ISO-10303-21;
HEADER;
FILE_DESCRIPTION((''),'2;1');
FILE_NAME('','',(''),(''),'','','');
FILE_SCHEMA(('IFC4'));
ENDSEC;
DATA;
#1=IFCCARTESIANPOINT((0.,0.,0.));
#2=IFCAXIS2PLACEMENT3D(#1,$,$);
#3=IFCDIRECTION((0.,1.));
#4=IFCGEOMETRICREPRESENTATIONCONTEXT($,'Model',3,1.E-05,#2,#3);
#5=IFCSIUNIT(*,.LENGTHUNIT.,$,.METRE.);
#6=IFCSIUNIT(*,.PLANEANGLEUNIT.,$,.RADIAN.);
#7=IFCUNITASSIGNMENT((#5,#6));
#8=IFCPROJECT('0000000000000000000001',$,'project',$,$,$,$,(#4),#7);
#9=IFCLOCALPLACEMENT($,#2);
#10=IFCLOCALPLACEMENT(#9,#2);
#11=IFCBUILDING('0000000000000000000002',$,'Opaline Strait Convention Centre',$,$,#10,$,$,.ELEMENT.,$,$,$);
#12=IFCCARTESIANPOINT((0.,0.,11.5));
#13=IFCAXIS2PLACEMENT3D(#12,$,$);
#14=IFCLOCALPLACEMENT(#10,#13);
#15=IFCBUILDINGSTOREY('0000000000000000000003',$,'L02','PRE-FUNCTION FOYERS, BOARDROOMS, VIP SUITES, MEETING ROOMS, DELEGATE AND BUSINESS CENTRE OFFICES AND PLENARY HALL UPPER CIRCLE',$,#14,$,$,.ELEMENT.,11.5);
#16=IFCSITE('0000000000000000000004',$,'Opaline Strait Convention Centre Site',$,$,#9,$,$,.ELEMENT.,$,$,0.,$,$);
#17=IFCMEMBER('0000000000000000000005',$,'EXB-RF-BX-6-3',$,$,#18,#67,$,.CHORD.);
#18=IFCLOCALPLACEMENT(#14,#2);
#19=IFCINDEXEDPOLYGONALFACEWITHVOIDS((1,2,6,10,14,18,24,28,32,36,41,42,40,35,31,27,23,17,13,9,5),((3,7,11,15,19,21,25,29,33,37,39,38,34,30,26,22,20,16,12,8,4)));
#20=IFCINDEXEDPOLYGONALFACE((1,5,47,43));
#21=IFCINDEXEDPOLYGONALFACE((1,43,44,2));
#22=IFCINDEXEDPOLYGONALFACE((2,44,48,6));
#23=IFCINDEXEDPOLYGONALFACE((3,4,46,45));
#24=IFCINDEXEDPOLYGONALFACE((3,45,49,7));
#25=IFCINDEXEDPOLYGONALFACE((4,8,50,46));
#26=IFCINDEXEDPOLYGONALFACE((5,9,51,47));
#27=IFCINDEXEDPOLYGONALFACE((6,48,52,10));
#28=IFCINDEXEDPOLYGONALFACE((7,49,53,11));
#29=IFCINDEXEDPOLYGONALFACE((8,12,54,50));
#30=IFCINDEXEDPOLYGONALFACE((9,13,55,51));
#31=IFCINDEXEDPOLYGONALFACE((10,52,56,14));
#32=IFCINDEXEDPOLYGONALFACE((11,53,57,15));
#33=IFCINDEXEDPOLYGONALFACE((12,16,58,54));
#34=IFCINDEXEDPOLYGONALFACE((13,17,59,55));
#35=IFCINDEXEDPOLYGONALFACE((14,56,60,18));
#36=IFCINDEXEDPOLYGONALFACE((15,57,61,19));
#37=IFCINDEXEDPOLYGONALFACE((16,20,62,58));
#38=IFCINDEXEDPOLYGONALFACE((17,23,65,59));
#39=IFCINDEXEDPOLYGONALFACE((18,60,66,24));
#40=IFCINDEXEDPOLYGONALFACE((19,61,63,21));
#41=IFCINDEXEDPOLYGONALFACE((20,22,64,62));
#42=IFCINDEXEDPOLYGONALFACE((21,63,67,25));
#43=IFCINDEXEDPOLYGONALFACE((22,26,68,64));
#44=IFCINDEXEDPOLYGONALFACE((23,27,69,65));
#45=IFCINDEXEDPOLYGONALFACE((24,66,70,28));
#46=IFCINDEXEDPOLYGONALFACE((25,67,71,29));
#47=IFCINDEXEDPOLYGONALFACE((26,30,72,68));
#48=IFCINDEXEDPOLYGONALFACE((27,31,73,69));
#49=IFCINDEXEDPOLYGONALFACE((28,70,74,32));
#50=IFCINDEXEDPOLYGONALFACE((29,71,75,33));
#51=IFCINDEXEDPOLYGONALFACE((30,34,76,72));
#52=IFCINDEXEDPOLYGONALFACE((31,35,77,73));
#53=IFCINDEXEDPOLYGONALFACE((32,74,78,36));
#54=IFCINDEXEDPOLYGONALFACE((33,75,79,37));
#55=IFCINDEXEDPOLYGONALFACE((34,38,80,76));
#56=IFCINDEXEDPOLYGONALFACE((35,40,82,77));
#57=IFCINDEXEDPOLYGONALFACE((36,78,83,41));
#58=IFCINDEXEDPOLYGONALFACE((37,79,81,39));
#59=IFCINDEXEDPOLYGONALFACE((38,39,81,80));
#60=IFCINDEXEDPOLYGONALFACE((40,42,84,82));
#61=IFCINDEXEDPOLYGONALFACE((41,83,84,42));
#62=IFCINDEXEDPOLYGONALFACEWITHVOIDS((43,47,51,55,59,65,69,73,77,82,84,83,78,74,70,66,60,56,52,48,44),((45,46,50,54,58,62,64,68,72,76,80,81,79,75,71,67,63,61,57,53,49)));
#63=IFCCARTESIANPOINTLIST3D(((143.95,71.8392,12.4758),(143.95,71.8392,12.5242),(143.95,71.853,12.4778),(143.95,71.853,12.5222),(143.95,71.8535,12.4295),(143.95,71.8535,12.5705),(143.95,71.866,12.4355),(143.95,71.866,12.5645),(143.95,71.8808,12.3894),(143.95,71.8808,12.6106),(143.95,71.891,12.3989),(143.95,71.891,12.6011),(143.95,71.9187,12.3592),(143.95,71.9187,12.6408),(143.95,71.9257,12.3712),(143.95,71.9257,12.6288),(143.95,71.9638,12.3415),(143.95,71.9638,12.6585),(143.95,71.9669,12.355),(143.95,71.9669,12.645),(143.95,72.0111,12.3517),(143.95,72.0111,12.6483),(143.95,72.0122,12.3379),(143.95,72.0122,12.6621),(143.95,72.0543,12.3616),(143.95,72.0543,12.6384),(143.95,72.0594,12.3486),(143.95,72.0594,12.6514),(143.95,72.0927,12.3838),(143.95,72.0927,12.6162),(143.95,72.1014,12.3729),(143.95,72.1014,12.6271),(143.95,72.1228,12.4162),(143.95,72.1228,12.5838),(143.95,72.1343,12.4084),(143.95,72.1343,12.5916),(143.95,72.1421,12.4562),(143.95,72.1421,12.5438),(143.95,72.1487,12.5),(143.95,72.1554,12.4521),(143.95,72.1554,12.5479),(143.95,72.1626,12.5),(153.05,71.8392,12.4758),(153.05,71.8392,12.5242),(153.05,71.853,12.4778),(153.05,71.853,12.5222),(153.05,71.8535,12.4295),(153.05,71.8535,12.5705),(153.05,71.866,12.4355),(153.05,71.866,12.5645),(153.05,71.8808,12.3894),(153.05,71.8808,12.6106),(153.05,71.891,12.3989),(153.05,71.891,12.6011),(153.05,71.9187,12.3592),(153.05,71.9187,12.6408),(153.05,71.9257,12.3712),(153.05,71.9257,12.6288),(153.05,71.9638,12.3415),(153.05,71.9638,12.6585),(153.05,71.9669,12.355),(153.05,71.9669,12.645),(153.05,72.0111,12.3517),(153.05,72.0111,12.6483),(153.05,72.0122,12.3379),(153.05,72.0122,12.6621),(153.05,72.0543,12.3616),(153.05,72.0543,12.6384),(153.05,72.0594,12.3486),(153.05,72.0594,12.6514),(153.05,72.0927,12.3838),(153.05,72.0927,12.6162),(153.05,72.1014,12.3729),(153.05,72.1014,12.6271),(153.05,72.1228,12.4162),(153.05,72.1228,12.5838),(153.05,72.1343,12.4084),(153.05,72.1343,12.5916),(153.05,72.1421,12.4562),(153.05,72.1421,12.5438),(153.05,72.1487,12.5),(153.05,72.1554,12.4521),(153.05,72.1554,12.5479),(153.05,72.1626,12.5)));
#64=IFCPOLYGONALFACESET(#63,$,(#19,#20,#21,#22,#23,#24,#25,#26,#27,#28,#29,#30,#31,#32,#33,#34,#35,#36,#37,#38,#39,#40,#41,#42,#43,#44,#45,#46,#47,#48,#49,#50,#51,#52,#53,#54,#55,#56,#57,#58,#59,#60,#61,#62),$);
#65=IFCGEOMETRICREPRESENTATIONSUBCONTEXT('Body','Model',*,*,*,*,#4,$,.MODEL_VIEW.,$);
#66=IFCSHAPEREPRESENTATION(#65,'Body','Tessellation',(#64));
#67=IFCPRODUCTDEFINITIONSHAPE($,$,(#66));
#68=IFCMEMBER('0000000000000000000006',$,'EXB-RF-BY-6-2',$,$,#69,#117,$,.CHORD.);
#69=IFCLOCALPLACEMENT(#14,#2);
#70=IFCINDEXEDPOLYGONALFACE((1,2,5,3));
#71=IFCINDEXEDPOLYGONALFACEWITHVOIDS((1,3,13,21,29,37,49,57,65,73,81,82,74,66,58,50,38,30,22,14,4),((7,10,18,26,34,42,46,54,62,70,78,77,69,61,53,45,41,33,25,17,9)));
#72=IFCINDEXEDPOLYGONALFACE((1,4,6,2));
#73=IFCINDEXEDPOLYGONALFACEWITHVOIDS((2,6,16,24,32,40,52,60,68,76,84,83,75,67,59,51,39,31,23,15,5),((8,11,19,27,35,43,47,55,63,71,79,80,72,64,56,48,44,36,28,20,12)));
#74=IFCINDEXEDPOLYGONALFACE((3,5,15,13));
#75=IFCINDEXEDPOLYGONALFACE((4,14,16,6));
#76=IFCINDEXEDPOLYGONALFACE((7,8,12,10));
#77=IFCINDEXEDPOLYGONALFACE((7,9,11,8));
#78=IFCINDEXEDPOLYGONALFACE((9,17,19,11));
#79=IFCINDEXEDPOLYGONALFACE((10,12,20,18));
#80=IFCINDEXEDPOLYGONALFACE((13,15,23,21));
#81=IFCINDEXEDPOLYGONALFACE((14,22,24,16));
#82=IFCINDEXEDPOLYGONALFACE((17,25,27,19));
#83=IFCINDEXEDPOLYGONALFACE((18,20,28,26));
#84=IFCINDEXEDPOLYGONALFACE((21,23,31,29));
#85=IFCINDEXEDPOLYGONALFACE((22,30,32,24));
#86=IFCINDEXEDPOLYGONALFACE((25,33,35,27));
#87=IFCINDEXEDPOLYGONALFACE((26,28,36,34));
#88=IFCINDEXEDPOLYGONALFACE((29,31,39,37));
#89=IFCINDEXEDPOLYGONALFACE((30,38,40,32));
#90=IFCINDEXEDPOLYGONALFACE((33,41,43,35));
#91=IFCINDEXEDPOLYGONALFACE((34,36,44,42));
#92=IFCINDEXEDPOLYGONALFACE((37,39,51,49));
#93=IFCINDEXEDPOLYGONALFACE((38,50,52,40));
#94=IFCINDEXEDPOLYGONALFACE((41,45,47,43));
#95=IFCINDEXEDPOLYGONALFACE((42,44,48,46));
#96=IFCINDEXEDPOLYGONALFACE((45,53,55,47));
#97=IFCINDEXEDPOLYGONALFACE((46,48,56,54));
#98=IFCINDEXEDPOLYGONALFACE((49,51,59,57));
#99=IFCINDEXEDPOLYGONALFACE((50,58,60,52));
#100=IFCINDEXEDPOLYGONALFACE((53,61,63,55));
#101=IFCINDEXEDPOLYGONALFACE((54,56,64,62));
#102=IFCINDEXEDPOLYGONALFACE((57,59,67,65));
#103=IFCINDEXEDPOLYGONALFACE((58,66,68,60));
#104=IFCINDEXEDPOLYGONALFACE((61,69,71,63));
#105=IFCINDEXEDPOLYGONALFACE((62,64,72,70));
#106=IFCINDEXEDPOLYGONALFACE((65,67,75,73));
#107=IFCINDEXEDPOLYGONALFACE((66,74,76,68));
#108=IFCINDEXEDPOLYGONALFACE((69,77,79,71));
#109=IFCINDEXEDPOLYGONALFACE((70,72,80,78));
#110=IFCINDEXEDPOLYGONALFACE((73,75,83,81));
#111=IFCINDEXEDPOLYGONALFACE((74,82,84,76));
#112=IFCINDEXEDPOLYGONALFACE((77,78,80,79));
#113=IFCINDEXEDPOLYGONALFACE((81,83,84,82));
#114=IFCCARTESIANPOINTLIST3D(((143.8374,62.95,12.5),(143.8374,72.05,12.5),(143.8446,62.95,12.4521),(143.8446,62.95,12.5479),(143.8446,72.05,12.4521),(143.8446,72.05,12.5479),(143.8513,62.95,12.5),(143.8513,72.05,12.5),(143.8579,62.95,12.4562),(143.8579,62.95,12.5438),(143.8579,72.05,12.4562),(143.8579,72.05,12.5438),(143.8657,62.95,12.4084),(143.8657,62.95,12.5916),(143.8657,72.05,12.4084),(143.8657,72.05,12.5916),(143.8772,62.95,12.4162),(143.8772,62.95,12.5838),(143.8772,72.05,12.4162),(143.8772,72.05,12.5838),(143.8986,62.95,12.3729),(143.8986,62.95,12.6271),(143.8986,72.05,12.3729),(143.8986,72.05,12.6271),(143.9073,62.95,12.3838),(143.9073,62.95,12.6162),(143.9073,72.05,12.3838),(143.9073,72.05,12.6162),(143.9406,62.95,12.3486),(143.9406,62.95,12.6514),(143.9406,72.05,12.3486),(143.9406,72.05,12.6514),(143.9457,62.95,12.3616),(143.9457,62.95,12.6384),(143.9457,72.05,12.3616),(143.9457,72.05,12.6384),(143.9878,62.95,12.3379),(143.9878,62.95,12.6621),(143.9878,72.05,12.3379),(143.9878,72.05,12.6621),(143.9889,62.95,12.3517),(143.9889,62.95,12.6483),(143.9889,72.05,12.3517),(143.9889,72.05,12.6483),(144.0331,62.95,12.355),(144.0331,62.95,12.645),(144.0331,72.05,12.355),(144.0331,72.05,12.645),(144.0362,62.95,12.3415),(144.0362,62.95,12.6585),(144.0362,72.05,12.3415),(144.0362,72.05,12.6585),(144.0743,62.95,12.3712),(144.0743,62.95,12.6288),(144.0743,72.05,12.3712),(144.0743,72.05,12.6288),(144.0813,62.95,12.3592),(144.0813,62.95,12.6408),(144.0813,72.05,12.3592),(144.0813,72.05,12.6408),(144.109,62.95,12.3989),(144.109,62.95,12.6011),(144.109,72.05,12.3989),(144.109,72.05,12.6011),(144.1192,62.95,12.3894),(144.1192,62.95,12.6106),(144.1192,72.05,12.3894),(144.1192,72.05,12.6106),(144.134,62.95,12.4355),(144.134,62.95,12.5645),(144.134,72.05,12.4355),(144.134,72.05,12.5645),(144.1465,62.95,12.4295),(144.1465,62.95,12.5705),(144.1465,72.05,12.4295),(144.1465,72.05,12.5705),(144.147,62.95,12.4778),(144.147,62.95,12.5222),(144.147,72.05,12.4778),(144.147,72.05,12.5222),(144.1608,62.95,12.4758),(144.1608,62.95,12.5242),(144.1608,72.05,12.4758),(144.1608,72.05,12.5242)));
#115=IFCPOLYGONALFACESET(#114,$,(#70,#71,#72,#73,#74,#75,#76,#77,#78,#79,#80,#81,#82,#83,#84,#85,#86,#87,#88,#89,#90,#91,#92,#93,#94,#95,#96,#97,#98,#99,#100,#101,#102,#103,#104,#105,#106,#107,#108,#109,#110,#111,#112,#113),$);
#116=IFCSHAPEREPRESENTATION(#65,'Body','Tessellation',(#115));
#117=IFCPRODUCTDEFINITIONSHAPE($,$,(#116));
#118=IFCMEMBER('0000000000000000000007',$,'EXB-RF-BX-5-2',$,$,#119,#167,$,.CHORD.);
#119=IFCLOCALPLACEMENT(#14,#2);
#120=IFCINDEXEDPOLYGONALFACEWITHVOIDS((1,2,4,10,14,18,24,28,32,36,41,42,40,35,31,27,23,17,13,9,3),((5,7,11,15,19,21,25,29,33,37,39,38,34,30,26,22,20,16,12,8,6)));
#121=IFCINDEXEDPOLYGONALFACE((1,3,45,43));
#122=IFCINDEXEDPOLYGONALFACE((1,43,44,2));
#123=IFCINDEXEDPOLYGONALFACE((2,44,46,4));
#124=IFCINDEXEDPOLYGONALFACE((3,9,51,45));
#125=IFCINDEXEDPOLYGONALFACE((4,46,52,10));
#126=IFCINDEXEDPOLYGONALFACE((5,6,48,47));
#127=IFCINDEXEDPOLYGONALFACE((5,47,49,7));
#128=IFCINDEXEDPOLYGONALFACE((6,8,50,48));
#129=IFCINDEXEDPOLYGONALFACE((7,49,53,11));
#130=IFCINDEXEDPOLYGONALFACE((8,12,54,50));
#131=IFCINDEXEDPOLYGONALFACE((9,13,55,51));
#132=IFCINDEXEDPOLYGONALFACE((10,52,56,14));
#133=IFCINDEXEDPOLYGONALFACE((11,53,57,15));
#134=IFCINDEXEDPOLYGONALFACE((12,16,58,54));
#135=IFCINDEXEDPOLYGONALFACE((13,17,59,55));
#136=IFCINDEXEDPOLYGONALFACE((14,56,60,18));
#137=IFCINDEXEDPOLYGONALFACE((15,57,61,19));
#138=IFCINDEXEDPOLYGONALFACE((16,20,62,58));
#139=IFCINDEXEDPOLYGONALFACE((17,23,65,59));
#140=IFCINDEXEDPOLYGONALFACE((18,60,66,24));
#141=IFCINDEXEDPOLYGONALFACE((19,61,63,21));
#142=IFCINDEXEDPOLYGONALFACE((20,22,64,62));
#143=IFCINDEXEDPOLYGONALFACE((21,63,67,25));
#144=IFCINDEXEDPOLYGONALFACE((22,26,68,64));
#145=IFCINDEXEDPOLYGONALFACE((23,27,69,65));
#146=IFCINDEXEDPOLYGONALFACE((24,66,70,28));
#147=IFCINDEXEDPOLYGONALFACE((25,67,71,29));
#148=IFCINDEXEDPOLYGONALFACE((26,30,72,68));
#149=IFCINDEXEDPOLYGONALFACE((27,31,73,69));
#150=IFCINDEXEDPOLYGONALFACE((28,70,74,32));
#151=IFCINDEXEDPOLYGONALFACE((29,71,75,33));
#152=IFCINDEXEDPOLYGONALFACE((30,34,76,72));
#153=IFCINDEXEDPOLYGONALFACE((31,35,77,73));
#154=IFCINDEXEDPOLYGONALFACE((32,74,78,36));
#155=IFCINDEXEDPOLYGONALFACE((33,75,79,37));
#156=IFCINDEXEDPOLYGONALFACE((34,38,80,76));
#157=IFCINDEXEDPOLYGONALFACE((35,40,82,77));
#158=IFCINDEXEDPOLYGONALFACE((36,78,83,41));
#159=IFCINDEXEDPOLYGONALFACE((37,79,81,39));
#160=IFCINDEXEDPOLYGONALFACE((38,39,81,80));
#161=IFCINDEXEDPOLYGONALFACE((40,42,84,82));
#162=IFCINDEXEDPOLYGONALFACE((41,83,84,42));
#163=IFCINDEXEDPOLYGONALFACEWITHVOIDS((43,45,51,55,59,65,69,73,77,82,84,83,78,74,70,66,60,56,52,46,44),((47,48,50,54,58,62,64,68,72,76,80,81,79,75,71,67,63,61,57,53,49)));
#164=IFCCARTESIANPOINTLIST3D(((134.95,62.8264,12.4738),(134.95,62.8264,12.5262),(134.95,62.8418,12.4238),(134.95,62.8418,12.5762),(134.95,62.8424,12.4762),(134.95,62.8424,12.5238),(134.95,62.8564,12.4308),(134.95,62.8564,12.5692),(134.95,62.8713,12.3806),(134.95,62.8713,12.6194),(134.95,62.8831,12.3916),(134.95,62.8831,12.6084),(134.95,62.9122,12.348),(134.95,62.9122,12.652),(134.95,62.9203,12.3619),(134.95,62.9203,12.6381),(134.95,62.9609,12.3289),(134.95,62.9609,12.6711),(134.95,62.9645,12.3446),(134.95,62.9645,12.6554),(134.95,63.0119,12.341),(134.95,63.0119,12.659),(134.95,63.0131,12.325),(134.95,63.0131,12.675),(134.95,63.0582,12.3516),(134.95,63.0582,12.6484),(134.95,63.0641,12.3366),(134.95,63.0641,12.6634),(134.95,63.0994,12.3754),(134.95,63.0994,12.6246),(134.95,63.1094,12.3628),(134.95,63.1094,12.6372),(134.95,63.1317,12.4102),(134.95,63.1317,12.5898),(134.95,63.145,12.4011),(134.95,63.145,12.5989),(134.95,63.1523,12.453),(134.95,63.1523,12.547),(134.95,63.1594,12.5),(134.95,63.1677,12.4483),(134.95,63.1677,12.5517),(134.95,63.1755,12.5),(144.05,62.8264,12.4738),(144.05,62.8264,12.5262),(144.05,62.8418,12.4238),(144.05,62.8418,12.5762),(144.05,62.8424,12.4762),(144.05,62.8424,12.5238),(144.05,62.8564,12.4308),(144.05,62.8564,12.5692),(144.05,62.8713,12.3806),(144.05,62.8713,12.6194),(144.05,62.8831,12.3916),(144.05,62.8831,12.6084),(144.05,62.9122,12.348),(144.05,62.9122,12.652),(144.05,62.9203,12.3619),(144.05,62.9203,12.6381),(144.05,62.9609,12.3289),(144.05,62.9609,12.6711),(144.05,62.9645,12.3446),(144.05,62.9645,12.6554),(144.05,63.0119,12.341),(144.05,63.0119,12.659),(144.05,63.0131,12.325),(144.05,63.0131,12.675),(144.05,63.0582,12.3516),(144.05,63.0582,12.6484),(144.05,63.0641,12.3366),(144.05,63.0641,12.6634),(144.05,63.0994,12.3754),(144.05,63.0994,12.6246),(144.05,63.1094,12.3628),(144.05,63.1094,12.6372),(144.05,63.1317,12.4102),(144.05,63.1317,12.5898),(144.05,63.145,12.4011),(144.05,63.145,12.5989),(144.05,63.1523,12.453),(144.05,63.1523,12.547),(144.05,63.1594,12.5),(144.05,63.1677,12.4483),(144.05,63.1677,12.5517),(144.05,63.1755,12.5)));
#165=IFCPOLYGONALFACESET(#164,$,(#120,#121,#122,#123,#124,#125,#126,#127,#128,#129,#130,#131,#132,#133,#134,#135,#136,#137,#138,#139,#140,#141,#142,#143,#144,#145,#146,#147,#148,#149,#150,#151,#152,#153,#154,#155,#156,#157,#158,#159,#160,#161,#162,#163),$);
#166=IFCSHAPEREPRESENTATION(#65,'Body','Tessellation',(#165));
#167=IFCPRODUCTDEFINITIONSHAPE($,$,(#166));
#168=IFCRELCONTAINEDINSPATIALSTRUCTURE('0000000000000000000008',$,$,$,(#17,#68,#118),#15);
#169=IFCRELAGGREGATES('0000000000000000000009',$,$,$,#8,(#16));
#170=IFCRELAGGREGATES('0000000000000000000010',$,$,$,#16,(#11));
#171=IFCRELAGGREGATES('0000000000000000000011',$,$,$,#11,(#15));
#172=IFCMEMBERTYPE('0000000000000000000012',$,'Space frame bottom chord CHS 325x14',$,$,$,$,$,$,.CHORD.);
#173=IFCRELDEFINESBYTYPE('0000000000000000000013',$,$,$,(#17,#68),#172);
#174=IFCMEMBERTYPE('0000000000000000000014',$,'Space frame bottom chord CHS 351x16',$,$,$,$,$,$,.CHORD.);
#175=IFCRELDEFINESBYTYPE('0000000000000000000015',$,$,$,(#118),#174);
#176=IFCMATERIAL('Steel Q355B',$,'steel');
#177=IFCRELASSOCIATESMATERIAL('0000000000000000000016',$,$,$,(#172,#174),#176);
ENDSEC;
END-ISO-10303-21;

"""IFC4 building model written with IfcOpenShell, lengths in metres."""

from ifc_helpers import new_model, si_unit, direction, frame, origin, origin_2d, place, context, subcontext, project, spatial, hollow_circle, extrude, material, material_profile, profile_set, type_object, element, save


model = new_model("IFC4")

# Units and contexts
model_context = context("Model", 3, precision=1e-05, world=origin(), true_north=direction((0.0, 1.0)))
body_context = subcontext(model_context, "Body", "Model", "MODEL_VIEW")
ifc_project = project(units=[si_unit("LENGTHUNIT", "METRE"), si_unit("PLANEANGLEUNIT", "RADIAN")], contexts=[model_context])

# Site, building, storey
site_placement = place(None, origin())
site = spatial("IfcSite", under=ifc_project, at=site_placement, Name="Opaline Strait Convention Centre Site", CompositionType="ELEMENT", RefElevation=0.0)
building_placement = place(site_placement, origin())
building = spatial("IfcBuilding", under=site, at=building_placement, Name="Opaline Strait Convention Centre", CompositionType="ELEMENT")
storey_placement = place(building_placement, frame((0.0, 0.0, 11.5)))
storey = spatial("IfcBuildingStorey", under=building, at=storey_placement, Name="L02", Description="PRE-FUNCTION FOYERS, BOARDROOMS, VIP SUITES, MEETING ROOMS, DELEGATE AND BUSINESS CENTRE OFFICES AND PLENARY HALL UPPER CIRCLE", CompositionType="ELEMENT", Elevation=11.5)

# Members
ifc_material_1 = material(Name="Steel Q355B", Category="steel")
ifc_material_profile_1 = material_profile(ifc_material_1, hollow_circle(Radius=0.1626, WallThickness=0.0139, at=origin_2d()), Name="CHS 325x14")
ifc_profile_set_1 = profile_set([ifc_material_profile_1], Name="Steel Q355B")
member_type_1 = type_object("IfcMemberType", Name="Space frame bottom chord CHS 325x14", PredefinedType="CHORD", material=ifc_profile_set_1)
for number, where, z_axis, x_axis, name in (
    (1, (143.95, 72.0, 12.5), (1.0, 0.0, 0.0), (0.0, 1.0, 0.0), "EXB-RF-BX-6-3"),
    (2, (144.0, 62.95, 12.5), (0.0, 1.0, 0.0), (-1.0, 0.0, 0.0), "EXB-RF-BY-6-2"),
):
    element("IfcMember", number, at=place(storey_placement, frame(where, z_axis=z_axis, x_axis=x_axis)), inside=storey, type_object=member_type_1, Name=name, PredefinedType="CHORD", context=body_context, shape_type="SweptSolid", body=[
        extrude(hollow_circle(Radius=0.1626, WallThickness=0.0139, at=origin_2d()), origin(), (0.0, 0.0, 1.0), 9.1001),
    ])
ifc_material_profile_2 = material_profile(ifc_material_1, hollow_circle(Radius=0.1755, WallThickness=0.0161, at=origin_2d()), Name="CHS 351x16")
ifc_profile_set_2 = profile_set([ifc_material_profile_2], Name="Steel Q355B")
member_type_2 = type_object("IfcMemberType", Name="Space frame bottom chord CHS 351x16", PredefinedType="CHORD", material=ifc_profile_set_2)
for number, where, z_axis, x_axis, name in (
    (3, (134.95, 63.0, 12.5), (1.0, 0.0, 0.0), (0.0, 1.0, 0.0), "EXB-RF-BX-5-2"),
):
    element("IfcMember", number, at=place(storey_placement, frame(where, z_axis=z_axis, x_axis=x_axis)), inside=storey, type_object=member_type_2, Name=name, PredefinedType="CHORD", context=body_context, shape_type="SweptSolid", body=[
        extrude(hollow_circle(Radius=0.1755, WallThickness=0.0161, at=origin_2d()), origin(), (0.0, 0.0, 1.0), 9.1001),
    ])

save(model, "model.ifc")
